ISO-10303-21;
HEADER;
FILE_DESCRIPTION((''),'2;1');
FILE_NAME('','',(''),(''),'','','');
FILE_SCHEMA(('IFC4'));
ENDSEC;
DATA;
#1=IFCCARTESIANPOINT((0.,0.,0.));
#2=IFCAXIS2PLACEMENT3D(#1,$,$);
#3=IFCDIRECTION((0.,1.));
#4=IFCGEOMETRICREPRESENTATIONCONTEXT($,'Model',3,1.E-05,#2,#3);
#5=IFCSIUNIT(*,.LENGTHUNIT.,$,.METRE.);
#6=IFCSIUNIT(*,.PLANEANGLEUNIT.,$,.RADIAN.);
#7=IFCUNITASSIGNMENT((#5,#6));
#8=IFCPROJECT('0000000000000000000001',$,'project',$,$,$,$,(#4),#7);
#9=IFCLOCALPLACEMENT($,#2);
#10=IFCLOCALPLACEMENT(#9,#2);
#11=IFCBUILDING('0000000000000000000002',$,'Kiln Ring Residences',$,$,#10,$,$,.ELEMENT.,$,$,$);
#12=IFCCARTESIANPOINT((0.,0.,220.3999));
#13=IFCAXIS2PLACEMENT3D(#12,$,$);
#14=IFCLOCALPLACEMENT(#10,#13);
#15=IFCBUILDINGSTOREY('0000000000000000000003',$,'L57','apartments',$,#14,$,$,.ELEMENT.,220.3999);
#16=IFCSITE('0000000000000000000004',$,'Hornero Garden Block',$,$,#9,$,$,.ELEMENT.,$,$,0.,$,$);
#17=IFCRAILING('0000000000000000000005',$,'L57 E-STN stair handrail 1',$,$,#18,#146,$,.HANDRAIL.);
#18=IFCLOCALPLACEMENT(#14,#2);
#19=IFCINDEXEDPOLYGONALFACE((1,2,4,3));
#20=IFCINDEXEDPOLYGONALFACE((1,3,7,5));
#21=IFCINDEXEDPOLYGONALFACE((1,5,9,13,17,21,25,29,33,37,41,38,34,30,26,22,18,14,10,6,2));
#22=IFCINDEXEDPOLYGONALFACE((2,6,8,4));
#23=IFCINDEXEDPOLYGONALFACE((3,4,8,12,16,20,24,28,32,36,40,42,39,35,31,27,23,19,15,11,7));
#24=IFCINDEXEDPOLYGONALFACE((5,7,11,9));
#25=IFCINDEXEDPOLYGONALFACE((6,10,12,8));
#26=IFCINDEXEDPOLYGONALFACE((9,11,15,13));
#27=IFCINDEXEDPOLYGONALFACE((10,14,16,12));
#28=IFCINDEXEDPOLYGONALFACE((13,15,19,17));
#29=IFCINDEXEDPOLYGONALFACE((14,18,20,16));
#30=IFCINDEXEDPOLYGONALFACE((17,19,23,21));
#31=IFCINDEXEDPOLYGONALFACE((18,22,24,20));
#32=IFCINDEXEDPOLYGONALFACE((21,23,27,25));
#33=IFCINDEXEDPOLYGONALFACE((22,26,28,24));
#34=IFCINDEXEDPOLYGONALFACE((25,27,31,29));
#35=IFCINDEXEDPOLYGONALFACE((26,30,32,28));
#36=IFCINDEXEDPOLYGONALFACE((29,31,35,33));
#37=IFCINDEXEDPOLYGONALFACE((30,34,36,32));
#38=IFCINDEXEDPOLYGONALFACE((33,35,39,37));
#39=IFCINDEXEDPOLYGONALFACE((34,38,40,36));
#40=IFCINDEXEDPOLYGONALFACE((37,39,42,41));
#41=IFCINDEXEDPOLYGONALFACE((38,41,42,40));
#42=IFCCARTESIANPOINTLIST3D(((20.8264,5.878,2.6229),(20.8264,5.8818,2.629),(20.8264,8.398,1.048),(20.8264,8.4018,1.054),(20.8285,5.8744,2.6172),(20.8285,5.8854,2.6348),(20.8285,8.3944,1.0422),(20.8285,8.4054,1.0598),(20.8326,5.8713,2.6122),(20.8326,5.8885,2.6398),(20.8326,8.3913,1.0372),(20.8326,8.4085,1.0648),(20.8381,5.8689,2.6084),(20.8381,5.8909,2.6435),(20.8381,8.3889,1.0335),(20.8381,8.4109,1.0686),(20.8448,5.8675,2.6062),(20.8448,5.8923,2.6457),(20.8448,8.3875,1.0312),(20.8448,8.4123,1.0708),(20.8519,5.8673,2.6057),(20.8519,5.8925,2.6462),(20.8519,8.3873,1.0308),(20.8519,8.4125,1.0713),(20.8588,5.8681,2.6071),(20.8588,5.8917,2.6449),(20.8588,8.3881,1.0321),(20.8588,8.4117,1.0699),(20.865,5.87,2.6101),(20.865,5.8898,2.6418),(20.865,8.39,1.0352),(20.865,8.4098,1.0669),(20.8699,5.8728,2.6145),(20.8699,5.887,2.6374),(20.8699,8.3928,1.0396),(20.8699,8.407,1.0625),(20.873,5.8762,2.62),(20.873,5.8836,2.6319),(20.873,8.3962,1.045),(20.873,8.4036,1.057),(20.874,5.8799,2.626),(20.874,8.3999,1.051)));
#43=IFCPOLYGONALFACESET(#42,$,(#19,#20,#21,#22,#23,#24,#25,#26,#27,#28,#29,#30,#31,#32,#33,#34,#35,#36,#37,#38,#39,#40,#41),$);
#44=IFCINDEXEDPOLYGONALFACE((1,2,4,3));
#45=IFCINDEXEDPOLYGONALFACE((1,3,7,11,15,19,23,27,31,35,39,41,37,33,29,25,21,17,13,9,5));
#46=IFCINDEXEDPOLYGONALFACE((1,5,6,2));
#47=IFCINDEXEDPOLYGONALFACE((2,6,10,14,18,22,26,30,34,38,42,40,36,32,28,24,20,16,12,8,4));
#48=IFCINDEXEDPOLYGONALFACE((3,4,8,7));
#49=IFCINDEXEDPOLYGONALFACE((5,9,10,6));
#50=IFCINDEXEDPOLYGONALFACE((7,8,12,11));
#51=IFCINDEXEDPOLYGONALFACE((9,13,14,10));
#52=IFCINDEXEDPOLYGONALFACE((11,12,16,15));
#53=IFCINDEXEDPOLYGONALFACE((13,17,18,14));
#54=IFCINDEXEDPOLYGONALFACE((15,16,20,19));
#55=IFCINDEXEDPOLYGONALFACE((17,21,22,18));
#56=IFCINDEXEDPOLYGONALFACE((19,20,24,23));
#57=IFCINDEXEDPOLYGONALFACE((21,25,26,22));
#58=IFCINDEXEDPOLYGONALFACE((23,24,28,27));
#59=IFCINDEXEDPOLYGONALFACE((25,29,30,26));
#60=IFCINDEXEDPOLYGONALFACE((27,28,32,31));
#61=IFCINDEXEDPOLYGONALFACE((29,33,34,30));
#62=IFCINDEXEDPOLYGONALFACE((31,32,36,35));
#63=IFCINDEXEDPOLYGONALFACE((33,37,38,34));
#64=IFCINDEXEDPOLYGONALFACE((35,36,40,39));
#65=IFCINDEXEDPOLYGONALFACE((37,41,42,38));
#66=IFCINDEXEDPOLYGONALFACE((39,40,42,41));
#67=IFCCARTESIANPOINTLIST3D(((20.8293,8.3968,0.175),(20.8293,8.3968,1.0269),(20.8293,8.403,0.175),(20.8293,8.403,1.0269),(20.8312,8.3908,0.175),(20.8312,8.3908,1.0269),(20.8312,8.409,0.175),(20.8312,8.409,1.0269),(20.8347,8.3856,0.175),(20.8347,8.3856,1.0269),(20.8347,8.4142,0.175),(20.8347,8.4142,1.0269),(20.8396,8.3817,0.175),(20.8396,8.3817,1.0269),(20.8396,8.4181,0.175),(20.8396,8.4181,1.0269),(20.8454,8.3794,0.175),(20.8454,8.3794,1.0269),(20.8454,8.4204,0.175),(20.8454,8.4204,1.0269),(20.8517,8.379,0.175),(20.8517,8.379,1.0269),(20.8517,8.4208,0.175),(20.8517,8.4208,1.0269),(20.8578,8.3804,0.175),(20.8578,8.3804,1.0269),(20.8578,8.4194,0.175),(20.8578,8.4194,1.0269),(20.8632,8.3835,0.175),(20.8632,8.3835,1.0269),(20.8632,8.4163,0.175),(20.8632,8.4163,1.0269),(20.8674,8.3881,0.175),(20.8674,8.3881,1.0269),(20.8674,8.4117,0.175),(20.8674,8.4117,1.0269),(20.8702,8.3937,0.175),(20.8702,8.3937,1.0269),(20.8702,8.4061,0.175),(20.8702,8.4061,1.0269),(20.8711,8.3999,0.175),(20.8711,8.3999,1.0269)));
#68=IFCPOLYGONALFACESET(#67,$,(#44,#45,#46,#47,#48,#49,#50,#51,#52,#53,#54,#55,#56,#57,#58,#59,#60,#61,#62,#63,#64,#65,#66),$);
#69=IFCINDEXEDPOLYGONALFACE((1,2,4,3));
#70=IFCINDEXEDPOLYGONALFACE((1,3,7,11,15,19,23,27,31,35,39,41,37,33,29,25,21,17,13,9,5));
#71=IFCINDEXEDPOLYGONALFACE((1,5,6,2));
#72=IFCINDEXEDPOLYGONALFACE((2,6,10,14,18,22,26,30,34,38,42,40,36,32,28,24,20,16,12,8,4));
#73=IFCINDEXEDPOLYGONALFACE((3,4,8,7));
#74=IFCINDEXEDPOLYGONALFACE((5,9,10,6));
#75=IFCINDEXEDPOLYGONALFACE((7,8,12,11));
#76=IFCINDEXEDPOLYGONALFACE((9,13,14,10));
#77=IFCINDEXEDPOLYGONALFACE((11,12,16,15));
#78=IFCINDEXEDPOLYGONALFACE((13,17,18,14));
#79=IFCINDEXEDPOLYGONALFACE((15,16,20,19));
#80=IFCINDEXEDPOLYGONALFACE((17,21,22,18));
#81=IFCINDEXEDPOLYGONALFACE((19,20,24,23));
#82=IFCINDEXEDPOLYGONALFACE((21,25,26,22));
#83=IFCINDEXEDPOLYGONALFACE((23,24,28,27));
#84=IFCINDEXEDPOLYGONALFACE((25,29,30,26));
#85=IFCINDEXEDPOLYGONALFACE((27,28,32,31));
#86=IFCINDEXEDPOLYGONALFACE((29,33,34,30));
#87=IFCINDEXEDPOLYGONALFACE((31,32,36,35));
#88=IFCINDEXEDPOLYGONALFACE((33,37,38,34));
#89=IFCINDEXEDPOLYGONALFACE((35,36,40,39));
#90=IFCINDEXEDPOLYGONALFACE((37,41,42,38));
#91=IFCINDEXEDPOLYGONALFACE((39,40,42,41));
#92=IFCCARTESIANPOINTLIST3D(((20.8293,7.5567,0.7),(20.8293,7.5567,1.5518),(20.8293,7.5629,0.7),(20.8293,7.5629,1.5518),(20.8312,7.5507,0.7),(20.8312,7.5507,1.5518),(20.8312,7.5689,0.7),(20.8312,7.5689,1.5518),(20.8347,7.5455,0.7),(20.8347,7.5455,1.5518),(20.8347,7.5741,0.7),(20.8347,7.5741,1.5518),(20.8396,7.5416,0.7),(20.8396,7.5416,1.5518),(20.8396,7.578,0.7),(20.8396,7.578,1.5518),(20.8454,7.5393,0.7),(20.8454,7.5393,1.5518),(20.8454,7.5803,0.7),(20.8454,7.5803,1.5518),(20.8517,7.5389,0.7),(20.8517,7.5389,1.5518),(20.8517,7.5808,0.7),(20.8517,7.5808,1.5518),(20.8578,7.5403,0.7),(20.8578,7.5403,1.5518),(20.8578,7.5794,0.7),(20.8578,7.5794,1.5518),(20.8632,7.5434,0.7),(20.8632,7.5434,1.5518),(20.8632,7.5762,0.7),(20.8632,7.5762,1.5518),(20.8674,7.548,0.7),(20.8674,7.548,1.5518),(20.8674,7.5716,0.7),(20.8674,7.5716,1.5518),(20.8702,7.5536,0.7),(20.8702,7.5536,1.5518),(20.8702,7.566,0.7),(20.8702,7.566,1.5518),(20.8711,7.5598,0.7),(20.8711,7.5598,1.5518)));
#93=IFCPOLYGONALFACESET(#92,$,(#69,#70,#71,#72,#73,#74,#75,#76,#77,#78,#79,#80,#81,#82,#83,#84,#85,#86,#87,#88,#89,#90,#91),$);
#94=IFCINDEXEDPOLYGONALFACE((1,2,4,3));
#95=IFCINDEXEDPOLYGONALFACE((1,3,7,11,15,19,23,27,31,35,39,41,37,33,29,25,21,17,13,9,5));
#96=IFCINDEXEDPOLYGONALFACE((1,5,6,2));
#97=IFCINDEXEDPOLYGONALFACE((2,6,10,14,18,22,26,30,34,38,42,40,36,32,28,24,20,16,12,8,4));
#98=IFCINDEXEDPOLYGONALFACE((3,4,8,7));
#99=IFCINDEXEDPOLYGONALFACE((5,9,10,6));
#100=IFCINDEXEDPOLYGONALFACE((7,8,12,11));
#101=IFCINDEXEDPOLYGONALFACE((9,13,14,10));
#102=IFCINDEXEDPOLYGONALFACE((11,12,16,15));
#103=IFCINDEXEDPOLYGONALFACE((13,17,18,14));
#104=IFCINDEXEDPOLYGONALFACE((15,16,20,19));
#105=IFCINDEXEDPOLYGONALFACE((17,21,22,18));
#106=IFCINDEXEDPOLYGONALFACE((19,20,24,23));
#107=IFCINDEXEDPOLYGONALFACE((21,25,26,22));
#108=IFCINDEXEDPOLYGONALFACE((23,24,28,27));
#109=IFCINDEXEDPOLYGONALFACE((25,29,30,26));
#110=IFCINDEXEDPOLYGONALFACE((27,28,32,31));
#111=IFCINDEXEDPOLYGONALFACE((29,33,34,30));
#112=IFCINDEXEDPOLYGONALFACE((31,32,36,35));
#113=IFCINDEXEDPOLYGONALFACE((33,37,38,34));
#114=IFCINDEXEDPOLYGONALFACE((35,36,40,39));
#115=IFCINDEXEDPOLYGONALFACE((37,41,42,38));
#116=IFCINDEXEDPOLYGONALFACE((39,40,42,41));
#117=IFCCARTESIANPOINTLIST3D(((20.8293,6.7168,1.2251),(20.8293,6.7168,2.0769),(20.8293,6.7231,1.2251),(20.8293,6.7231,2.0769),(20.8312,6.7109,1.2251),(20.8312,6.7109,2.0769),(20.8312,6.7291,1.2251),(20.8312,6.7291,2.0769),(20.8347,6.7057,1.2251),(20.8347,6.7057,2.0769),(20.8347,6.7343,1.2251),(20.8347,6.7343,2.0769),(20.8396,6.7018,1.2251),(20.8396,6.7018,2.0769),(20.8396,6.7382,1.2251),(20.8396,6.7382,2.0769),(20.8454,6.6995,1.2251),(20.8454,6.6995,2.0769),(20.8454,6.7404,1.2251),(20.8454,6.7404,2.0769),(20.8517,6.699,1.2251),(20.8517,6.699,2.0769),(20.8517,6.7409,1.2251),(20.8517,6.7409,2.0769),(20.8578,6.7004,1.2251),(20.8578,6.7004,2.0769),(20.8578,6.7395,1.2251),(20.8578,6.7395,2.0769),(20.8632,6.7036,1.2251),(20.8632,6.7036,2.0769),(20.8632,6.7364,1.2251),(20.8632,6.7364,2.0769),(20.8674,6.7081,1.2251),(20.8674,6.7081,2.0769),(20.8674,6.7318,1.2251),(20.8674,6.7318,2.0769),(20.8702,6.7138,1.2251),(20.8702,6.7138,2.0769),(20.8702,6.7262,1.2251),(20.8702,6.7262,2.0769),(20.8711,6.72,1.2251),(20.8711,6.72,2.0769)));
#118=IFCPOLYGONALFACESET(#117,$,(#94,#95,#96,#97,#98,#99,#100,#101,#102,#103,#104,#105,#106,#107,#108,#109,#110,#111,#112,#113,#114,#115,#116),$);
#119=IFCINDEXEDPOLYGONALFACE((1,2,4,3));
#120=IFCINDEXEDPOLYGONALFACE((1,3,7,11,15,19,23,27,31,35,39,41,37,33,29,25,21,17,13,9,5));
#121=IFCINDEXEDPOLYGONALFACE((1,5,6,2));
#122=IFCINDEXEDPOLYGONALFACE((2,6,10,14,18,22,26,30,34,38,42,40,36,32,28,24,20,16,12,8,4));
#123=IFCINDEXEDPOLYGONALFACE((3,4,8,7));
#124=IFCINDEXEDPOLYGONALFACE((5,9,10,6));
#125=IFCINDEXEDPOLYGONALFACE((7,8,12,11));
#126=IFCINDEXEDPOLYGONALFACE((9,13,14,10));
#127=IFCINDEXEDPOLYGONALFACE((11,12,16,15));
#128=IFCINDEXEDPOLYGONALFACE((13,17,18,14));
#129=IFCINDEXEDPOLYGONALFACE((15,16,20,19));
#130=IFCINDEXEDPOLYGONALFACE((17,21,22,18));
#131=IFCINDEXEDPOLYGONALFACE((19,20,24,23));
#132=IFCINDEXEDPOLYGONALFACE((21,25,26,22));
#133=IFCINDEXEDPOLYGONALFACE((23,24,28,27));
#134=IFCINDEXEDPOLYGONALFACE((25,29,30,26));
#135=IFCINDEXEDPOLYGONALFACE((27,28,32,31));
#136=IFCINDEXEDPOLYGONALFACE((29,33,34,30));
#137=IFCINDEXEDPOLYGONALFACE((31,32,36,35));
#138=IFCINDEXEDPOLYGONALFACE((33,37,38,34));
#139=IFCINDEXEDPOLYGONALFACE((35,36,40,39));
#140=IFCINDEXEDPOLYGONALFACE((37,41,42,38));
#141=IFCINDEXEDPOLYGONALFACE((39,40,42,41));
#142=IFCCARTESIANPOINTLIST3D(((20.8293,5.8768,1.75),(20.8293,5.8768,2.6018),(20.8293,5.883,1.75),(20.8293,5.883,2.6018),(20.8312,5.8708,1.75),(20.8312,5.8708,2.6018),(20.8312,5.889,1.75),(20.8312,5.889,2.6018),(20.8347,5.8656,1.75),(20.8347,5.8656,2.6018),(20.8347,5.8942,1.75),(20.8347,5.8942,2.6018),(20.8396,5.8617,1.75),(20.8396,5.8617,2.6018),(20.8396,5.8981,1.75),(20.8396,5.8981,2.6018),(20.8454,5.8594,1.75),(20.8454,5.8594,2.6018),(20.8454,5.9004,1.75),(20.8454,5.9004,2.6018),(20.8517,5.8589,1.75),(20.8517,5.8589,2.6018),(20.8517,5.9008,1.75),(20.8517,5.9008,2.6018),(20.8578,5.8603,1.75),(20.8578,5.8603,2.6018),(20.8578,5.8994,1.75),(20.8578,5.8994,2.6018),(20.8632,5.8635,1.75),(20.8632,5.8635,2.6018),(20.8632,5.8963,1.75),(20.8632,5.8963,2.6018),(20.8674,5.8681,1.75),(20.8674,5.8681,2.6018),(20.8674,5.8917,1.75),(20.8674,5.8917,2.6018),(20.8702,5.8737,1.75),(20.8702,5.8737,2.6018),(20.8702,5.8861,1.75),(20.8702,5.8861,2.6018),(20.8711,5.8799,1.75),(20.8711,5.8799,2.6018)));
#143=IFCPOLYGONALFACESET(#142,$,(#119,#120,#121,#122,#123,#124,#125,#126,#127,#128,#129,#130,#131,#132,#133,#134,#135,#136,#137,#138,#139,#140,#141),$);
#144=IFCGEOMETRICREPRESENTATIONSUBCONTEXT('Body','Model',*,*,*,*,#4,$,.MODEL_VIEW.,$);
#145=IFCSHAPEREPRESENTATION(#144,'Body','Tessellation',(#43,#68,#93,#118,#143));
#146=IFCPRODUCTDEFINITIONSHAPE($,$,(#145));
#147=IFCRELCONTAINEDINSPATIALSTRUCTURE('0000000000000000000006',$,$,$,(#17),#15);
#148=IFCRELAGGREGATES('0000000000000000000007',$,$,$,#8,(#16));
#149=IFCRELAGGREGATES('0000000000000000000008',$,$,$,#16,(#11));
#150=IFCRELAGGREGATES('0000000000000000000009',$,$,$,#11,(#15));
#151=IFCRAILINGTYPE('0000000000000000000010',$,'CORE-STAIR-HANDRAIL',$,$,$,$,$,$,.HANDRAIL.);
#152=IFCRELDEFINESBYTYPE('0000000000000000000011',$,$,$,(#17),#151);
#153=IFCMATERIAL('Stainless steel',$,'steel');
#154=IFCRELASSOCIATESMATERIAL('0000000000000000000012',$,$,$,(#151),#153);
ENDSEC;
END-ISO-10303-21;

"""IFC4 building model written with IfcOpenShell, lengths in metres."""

from ifc_helpers import new_model, si_unit, direction, frame, origin, origin_2d, place, context, subcontext, project, spatial, circle, extrude, material, type_object, element, save


model = new_model("IFC4")

# Units and contexts
model_context = context("Model", 3, precision=1e-05, world=origin(), true_north=direction((0.0, 1.0)))
body_context = subcontext(model_context, "Body", "Model", "MODEL_VIEW")
ifc_project = project(units=[si_unit("LENGTHUNIT", "METRE"), si_unit("PLANEANGLEUNIT", "RADIAN")], contexts=[model_context])

# Site, building, storey
site_placement = place(None, origin())
site = spatial("IfcSite", under=ifc_project, at=site_placement, Name="Hornero Garden Block", CompositionType="ELEMENT", RefElevation=0.0)
building_placement = place(site_placement, origin())
building = spatial("IfcBuilding", under=site, at=building_placement, Name="Kiln Ring Residences", CompositionType="ELEMENT")
storey_placement = place(building_placement, frame((0.0, 0.0, 220.3999)))
storey = spatial("IfcBuildingStorey", under=building, at=storey_placement, Name="L57", Description="apartments", CompositionType="ELEMENT", Elevation=220.3999)

# Railing
ifc_material_1 = material(Name="Stainless steel", Category="steel")
railing_type_1 = type_object("IfcRailingType", Name="CORE-STAIR-HANDRAIL", PredefinedType="HANDRAIL", material=ifc_material_1)
railing_1_placement = place(storey_placement, frame((20.8501, 8.3999, 0.175)))
element("IfcRailing", 1, at=railing_1_placement, inside=storey, type_object=railing_type_1, Name="L57 E-STN stair handrail 1", PredefinedType="HANDRAIL", context=body_context, shape_type="SweptSolid", body=[
    extrude(circle(Radius=0.0239, at=origin_2d()), frame((0.0, 0.0, 0.876), z_axis=(0.0, -0.848008, 0.529984), x_axis=(1.0, 0.0, 0.0)), (0.0, 0.0, 1.0), 2.9717),
    extrude(circle(Radius=0.021, at=origin_2d()), origin(), (0.0, 0.0, 1.0), 0.8518),
    extrude(circle(Radius=0.021, at=origin_2d()), frame((0.0, -0.8401, 0.5249)), (0.0, 0.0, 1.0), 0.8518),
    extrude(circle(Radius=0.021, at=origin_2d()), frame((0.0, -1.6799, 1.05)), (0.0, 0.0, 1.0), 0.8518),
    extrude(circle(Radius=0.021, at=origin_2d()), frame((0.0, -2.52, 1.575)), (0.0, 0.0, 1.0), 0.8518),
])

save(model, "model.ifc")
